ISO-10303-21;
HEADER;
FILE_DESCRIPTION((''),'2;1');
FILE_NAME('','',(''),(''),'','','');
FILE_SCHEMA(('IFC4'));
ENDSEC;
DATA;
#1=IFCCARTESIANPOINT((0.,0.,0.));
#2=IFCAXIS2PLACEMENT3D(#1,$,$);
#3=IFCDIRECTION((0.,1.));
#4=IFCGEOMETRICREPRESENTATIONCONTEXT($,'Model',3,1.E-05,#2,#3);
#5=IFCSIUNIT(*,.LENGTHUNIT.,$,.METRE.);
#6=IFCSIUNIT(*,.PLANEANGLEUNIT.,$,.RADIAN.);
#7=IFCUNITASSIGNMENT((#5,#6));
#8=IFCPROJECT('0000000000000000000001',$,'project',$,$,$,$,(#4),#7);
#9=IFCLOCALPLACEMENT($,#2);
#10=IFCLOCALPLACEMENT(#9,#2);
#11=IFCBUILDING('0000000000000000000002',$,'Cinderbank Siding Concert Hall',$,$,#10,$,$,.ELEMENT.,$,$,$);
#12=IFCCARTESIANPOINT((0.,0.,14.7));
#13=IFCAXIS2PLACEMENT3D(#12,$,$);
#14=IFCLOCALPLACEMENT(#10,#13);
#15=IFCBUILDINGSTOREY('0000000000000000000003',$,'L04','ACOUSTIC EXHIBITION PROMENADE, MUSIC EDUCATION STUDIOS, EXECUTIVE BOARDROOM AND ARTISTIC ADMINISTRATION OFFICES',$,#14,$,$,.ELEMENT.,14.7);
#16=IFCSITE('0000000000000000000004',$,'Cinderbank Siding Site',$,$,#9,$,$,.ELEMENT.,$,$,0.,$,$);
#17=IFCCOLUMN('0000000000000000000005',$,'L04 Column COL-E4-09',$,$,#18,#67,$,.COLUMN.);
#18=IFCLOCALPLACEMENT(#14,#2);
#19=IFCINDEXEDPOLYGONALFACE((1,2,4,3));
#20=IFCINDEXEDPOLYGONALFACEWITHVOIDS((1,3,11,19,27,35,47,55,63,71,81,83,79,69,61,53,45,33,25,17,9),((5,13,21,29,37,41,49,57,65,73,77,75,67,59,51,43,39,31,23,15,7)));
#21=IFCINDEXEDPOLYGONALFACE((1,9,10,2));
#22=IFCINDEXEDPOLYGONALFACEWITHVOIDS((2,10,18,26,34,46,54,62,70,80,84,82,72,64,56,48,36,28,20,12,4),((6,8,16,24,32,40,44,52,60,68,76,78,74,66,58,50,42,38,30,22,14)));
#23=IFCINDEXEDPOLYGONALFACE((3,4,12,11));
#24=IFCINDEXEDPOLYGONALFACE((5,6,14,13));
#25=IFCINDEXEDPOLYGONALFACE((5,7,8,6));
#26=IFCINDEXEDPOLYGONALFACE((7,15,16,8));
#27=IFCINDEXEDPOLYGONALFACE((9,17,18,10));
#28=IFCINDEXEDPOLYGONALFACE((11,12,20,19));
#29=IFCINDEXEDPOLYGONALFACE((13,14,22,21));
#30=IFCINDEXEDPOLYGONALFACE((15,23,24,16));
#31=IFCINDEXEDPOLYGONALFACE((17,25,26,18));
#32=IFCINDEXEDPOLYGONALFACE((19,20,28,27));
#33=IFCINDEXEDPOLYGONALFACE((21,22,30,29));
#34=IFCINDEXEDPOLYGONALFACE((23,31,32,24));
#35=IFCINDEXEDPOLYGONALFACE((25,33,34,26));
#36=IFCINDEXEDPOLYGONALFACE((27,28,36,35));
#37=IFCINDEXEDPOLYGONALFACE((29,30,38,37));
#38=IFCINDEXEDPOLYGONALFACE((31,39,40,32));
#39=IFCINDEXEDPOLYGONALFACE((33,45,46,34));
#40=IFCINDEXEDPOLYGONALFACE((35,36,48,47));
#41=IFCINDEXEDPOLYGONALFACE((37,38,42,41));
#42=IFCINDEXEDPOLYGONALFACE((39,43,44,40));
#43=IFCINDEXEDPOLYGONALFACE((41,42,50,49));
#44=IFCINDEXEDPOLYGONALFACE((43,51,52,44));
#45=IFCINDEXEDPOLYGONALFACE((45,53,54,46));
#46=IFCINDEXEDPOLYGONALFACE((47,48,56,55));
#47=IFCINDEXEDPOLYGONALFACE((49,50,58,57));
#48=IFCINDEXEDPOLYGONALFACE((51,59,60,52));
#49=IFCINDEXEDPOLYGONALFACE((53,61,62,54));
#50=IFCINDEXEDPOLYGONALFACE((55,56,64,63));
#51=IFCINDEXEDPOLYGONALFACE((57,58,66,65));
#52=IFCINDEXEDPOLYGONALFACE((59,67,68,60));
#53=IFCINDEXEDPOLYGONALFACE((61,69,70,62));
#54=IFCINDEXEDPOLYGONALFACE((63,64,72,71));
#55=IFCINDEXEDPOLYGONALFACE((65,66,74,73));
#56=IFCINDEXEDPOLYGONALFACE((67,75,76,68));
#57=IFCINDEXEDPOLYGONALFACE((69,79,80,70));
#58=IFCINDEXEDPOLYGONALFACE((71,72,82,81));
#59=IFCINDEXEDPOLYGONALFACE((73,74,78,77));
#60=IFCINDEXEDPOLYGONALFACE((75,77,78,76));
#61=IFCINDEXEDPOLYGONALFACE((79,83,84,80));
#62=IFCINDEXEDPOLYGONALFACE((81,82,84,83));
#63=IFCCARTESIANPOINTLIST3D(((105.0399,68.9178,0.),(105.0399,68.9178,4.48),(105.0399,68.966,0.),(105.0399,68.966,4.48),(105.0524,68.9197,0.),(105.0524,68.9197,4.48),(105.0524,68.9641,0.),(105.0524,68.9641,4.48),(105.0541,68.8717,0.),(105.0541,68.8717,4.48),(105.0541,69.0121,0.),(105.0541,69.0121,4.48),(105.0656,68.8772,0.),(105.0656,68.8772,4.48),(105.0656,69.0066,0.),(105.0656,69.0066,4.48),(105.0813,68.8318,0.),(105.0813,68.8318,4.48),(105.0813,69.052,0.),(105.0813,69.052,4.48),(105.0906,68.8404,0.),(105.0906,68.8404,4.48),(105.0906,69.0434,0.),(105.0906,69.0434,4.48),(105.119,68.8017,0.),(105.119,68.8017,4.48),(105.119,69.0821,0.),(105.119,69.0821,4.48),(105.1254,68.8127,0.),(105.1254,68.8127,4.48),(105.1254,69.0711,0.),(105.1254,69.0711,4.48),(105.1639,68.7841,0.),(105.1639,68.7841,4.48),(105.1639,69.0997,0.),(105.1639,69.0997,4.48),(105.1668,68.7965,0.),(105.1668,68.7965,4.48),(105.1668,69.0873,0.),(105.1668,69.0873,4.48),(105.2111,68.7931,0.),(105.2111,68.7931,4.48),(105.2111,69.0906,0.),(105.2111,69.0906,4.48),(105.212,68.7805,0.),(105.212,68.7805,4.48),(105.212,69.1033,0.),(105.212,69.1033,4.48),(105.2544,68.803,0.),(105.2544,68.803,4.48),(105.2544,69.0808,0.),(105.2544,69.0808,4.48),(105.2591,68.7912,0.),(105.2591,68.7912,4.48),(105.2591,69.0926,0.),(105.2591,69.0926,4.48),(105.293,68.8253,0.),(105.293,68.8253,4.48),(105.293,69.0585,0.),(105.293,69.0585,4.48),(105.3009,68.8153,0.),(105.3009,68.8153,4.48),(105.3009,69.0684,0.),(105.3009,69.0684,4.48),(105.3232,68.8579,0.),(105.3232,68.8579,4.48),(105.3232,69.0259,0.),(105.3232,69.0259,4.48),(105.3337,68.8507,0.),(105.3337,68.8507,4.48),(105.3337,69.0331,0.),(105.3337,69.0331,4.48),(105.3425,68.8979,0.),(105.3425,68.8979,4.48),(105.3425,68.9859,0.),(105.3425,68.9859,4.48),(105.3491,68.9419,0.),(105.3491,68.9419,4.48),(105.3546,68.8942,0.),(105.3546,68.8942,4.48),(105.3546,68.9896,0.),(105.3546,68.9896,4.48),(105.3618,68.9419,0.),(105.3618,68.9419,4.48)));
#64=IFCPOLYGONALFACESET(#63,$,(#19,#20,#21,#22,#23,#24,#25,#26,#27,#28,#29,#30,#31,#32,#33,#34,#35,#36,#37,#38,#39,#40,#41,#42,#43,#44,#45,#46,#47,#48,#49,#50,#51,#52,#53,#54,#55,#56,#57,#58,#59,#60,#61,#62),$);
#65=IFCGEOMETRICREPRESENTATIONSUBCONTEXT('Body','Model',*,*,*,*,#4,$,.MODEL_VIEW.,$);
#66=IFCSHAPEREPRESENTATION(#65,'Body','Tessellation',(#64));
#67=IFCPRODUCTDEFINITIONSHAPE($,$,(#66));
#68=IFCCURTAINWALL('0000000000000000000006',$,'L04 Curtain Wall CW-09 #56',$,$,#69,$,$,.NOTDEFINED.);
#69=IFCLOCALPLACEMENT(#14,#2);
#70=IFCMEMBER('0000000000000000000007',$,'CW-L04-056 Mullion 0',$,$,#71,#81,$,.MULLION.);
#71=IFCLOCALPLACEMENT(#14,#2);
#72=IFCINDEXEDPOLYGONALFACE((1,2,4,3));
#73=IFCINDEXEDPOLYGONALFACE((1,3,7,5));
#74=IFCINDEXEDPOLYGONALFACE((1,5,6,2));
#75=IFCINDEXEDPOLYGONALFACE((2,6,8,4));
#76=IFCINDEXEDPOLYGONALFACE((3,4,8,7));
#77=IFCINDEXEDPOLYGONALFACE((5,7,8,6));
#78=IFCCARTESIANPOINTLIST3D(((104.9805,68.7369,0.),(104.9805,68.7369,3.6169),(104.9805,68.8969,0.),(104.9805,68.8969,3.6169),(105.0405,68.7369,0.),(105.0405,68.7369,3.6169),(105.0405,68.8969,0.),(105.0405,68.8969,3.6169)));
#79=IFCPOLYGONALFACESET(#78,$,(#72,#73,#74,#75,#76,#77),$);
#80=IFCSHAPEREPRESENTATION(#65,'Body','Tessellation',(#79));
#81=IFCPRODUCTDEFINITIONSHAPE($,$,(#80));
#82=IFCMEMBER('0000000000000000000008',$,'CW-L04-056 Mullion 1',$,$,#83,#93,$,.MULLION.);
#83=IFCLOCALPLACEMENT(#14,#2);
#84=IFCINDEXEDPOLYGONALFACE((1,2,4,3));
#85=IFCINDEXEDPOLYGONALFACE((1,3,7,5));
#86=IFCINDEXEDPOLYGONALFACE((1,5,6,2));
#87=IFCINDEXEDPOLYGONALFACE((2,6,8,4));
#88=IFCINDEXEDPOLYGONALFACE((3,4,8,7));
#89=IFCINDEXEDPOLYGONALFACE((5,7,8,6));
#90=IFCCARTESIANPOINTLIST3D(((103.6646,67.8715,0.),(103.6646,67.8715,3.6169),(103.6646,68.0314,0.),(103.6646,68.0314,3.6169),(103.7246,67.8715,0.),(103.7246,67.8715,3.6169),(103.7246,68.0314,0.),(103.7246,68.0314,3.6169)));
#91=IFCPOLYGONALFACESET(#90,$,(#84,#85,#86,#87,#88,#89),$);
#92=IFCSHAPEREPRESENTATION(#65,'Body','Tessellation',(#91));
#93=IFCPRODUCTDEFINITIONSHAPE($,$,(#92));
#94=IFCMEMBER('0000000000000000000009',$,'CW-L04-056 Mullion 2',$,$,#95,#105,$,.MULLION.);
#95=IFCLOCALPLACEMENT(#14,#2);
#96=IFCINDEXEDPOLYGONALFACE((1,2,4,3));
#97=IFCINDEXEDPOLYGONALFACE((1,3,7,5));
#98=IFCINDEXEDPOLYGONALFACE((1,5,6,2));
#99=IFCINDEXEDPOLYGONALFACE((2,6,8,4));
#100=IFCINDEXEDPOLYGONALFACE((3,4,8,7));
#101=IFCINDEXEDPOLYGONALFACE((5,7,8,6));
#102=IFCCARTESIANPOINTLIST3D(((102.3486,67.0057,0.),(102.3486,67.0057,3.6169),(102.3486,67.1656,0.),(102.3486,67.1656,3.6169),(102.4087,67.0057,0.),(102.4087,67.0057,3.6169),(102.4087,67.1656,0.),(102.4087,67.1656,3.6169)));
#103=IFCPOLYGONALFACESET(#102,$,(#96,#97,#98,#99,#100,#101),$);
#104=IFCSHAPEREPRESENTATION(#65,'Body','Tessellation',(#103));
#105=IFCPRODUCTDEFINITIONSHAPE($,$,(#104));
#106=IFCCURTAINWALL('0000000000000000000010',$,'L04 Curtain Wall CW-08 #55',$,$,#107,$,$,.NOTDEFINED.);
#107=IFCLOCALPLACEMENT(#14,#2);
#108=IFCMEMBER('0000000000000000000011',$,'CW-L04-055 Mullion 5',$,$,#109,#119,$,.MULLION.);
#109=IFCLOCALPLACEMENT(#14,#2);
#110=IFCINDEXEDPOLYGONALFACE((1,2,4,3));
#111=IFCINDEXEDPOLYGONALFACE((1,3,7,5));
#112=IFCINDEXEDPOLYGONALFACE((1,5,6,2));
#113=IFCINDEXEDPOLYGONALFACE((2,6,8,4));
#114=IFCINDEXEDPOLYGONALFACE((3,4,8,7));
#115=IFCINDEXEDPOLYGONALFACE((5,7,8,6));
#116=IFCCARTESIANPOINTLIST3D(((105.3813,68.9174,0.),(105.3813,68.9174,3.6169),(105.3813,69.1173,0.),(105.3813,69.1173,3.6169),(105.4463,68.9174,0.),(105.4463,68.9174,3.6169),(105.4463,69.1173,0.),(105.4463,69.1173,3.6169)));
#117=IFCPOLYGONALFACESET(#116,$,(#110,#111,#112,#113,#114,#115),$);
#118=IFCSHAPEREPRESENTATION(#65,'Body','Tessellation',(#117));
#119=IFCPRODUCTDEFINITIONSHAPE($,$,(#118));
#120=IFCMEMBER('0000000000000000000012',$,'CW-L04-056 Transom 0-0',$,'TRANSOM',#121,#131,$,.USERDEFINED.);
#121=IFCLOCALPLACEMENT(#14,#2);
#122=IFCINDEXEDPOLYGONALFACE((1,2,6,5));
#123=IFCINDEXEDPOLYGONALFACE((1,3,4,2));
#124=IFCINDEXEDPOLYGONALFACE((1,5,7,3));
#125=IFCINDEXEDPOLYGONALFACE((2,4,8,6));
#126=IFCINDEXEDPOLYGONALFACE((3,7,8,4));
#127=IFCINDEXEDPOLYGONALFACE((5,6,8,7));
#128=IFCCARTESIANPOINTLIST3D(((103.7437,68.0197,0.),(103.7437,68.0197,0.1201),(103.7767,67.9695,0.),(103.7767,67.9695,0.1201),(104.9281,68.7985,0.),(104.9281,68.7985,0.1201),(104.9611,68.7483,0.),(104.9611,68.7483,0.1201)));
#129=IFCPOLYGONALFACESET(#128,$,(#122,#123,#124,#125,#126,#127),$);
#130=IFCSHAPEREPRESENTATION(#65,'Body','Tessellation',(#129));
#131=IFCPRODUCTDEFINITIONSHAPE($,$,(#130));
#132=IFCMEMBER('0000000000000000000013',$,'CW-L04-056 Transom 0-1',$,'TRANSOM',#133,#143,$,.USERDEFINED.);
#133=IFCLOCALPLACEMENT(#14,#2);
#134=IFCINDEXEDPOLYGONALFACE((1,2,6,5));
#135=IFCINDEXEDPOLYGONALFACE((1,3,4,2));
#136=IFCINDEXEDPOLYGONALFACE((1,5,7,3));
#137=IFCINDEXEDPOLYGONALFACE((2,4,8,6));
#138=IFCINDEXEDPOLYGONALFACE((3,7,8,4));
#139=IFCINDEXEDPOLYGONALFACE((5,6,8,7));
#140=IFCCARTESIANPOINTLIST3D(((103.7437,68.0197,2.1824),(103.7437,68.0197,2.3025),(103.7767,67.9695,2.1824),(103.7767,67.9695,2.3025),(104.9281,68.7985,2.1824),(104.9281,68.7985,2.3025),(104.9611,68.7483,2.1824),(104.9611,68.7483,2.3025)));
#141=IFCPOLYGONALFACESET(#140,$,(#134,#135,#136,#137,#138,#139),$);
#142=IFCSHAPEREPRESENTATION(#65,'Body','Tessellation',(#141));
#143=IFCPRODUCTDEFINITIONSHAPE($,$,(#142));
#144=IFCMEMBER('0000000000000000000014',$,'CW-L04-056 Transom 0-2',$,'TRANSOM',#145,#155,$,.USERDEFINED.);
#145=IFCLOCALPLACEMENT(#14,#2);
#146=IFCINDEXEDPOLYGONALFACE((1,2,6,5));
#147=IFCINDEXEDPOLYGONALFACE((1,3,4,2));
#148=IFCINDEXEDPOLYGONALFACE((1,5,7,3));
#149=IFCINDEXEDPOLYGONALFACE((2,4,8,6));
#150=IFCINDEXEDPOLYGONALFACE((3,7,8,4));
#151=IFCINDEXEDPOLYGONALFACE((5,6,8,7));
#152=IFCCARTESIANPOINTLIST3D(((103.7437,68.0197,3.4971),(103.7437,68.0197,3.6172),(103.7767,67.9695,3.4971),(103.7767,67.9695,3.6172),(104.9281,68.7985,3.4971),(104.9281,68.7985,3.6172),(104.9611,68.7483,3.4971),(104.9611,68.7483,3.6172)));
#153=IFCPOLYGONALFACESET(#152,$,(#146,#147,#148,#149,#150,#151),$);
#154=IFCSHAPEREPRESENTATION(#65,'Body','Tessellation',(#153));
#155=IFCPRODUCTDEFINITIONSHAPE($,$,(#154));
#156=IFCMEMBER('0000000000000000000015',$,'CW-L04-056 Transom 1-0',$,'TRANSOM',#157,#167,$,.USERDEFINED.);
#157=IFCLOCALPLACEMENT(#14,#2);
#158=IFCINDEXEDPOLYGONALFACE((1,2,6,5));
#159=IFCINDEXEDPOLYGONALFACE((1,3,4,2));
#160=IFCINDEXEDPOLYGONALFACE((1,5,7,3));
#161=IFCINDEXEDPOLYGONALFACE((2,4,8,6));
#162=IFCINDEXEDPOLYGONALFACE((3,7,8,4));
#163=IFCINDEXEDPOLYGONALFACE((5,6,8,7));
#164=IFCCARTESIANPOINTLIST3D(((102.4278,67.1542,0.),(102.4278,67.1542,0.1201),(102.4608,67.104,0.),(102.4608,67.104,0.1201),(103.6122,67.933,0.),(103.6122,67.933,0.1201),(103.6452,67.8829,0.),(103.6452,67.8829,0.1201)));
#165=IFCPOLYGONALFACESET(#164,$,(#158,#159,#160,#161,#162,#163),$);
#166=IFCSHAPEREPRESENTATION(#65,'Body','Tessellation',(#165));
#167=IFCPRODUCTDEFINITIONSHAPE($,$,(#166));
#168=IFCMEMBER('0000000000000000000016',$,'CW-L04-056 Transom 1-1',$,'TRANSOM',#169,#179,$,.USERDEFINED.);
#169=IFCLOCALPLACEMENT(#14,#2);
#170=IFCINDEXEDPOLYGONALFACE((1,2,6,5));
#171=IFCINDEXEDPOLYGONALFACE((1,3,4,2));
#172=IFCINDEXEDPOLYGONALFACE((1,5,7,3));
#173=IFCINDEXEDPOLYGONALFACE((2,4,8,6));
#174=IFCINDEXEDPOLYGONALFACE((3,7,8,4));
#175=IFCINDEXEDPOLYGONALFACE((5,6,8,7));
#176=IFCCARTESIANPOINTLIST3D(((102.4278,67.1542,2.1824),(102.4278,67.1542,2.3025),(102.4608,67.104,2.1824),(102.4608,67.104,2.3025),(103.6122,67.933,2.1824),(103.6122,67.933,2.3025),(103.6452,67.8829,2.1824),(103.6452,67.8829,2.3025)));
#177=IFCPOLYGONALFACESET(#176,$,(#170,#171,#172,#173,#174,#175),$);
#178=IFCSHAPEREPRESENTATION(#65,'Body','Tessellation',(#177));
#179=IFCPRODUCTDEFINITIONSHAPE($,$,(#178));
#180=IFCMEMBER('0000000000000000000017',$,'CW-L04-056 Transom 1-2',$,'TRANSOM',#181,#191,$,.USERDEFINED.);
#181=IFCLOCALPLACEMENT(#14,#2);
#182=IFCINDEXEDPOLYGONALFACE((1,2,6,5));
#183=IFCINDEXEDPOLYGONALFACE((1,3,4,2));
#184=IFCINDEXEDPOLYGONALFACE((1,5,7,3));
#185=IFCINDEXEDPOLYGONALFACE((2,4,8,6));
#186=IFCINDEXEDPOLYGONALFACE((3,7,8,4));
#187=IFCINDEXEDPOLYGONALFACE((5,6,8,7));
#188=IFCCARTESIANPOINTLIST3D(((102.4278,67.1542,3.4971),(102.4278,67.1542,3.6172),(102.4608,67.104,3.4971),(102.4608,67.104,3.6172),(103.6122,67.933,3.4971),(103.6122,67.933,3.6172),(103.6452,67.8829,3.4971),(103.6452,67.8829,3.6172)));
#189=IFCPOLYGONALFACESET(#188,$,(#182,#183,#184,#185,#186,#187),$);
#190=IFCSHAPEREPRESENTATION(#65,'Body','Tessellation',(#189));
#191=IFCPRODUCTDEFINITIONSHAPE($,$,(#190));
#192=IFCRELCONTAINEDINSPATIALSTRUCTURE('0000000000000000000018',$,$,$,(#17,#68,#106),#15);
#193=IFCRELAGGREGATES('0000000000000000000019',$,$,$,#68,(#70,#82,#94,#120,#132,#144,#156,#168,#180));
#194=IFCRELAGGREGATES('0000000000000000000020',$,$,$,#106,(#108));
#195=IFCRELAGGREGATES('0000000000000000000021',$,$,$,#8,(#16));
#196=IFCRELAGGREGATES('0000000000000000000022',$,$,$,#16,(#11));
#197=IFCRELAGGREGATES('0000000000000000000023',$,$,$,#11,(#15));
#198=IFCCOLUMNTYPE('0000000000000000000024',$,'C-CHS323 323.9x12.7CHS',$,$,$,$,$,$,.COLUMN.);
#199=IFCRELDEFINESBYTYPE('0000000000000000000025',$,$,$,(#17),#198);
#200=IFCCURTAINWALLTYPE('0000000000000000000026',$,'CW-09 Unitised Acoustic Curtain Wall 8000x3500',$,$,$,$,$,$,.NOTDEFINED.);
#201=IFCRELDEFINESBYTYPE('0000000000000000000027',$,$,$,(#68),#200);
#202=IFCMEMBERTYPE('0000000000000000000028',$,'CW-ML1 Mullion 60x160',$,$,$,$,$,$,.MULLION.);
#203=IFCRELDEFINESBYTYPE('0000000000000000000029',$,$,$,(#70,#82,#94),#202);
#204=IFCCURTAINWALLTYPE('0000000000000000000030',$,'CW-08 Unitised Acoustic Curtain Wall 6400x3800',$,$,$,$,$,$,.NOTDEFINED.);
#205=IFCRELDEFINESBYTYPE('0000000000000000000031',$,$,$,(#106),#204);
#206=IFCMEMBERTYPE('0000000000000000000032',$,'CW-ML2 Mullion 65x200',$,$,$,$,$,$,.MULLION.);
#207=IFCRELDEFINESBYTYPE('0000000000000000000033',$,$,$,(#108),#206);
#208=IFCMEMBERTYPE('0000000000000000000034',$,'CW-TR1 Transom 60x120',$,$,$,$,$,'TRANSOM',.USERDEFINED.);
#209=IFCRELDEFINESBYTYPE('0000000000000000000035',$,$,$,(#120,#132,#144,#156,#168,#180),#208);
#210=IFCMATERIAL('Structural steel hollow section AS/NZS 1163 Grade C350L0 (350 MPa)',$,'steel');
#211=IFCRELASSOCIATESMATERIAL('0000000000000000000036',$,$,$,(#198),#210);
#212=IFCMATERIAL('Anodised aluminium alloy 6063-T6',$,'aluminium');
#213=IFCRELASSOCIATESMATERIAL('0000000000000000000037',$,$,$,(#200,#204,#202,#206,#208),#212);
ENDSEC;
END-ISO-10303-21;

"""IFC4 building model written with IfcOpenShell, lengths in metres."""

from ifc_helpers import new_model, si_unit, direction, frame, origin, origin_2d, place, context, subcontext, project, spatial, rectangle, hollow_circle, extrude, material, material_profile, profile_set, type_object, element, aggregate, save


model = new_model("IFC4")

# Units and contexts
model_context = context("Model", 3, precision=1e-05, world=origin(), true_north=direction((0.0, 1.0)))
body_context = subcontext(model_context, "Body", "Model", "MODEL_VIEW")
ifc_project = project(units=[si_unit("LENGTHUNIT", "METRE"), si_unit("PLANEANGLEUNIT", "RADIAN")], contexts=[model_context])

# Site, building, storey
site_placement = place(None, origin())
site = spatial("IfcSite", under=ifc_project, at=site_placement, Name="Cinderbank Siding Site", CompositionType="ELEMENT", RefElevation=0.0)
building_placement = place(site_placement, origin())
building = spatial("IfcBuilding", under=site, at=building_placement, Name="Cinderbank Siding Concert Hall", CompositionType="ELEMENT")
storey_placement = place(building_placement, frame((0.0, 0.0, 14.7)))
storey = spatial("IfcBuildingStorey", under=building, at=storey_placement, Name="L04", Description="ACOUSTIC EXHIBITION PROMENADE, MUSIC EDUCATION STUDIOS, EXECUTIVE BOARDROOM AND ARTISTIC ADMINISTRATION OFFICES", CompositionType="ELEMENT", Elevation=14.7)

# Column
ifc_material_1 = material(Name="Structural steel hollow section AS/NZS 1163 Grade C350L0 (350 MPa)", Category="steel")
ifc_material_profile_1 = material_profile(ifc_material_1, hollow_circle(Radius=0.1619, WallThickness=0.0127, at=origin_2d()), Name="323.9x12.7CHS", Category="LoadBearing")
ifc_profile_set_1 = profile_set([ifc_material_profile_1], Name="Structural steel hollow section AS/NZS 1163 Grade C350L0 (350 MPa)")
column_type = type_object("IfcColumnType", Name="C-CHS323 323.9x12.7CHS", PredefinedType="COLUMN", material=ifc_profile_set_1)
column_placement = place(storey_placement, frame((105.2, 68.9419, 0.0), z_axis=(0.0, 0.0, 1.0), x_axis=(1.0, 0.0, 0.0)))
element("IfcColumn", 1, at=column_placement, inside=storey, type_object=column_type, Name="L04 Column COL-E4-09", PredefinedType="COLUMN", context=body_context, shape_type="SweptSolid", body=[
    extrude(hollow_circle(Radius=0.1619, WallThickness=0.0127, at=origin_2d()), origin(), (0.0, 0.0, 1.0), 4.48),
])

# Curtain wall, members
ifc_material_2 = material(Name="Anodised aluminium alloy 6063-T6", Category="aluminium")
curtain_wall_type_1 = type_object("IfcCurtainWallType", Name="CW-09 Unitised Acoustic Curtain Wall 8000x3500", PredefinedType="NOTDEFINED", material=ifc_material_2)
curtain_wall_1_placement = place(storey_placement, origin())
curtain_wall_1 = element("IfcCurtainWall", 2, at=curtain_wall_1_placement, inside=storey, type_object=curtain_wall_type_1, Name="L04 Curtain Wall CW-09 #56", PredefinedType="NOTDEFINED")
ifc_material_profile_2 = material_profile(ifc_material_2, rectangle(XDim=0.0601, YDim=0.1599, at=origin_2d()), Name="ALU-MULL-60x160", Category="LoadBearing")
ifc_profile_set_2 = profile_set([ifc_material_profile_2], Name="Anodised aluminium alloy 6063-T6")
member_type_1 = type_object("IfcMemberType", Name="CW-ML1 Mullion 60x160", PredefinedType="MULLION", material=ifc_profile_set_2)
member_1_placement = place(storey_placement, frame((105.0105, 68.8169, 0.0), z_axis=(0.0, 0.0, 1.0), x_axis=(1.0, 0.0, 0.0)))
member_1 = element("IfcMember", 3, at=member_1_placement, type_object=member_type_1, Name="CW-L04-056 Mullion 0", PredefinedType="MULLION", context=body_context, shape_type="SweptSolid", body=[
    extrude(rectangle(XDim=0.0601, YDim=0.1599, at=origin_2d()), origin(), (0.0, 0.0, 1.0), 3.6169),
])
member_2_placement = place(storey_placement, frame((103.6946, 67.9514, 0.0), z_axis=(0.0, 0.0, 1.0), x_axis=(1.0, 0.0, 0.0)))
member_2 = element("IfcMember", 4, at=member_2_placement, type_object=member_type_1, Name="CW-L04-056 Mullion 1", PredefinedType="MULLION", context=body_context, shape_type="SweptSolid", body=[
    extrude(rectangle(XDim=0.0601, YDim=0.1599, at=origin_2d()), origin(), (0.0, 0.0, 1.0), 3.6169),
])
member_3_placement = place(storey_placement, frame((102.3787, 67.0857, 0.0), z_axis=(0.0, 0.0, 1.0), x_axis=(1.0, 0.0, 0.0)))
member_3 = element("IfcMember", 5, at=member_3_placement, type_object=member_type_1, Name="CW-L04-056 Mullion 2", PredefinedType="MULLION", context=body_context, shape_type="SweptSolid", body=[
    extrude(rectangle(XDim=0.0601, YDim=0.1599, at=origin_2d()), origin(), (0.0, 0.0, 1.0), 3.6169),
])

# Curtain wall, member
curtain_wall_type_2 = type_object("IfcCurtainWallType", Name="CW-08 Unitised Acoustic Curtain Wall 6400x3800", PredefinedType="NOTDEFINED", material=ifc_material_2)
curtain_wall_2_placement = place(storey_placement, origin())
curtain_wall_2 = element("IfcCurtainWall", 6, at=curtain_wall_2_placement, inside=storey, type_object=curtain_wall_type_2, Name="L04 Curtain Wall CW-08 #55", PredefinedType="NOTDEFINED")
ifc_material_profile_3 = material_profile(ifc_material_2, rectangle(XDim=0.0649, YDim=0.2, at=origin_2d()), Name="ALU-MULL-65x200", Category="LoadBearing")
ifc_profile_set_3 = profile_set([ifc_material_profile_3], Name="Anodised aluminium alloy 6063-T6")
member_type_2 = type_object("IfcMemberType", Name="CW-ML2 Mullion 65x200", PredefinedType="MULLION", material=ifc_profile_set_3)
member_4_placement = place(storey_placement, frame((105.4138, 69.0173, 0.0), z_axis=(0.0, 0.0, 1.0), x_axis=(1.0, 0.0, 0.0)))
member_4 = element("IfcMember", 7, at=member_4_placement, type_object=member_type_2, Name="CW-L04-055 Mullion 5", PredefinedType="MULLION", context=body_context, shape_type="SweptSolid", body=[
    extrude(rectangle(XDim=0.0649, YDim=0.2, at=origin_2d()), origin(), (0.0, 0.0, 1.0), 3.6169),
])

# Members
ifc_material_profile_4 = material_profile(ifc_material_2, rectangle(XDim=0.0601, YDim=0.1201, at=origin_2d()), Name="ALU-TRAN-60x120", Category="LoadBearing")
ifc_profile_set_4 = profile_set([ifc_material_profile_4], Name="Anodised aluminium alloy 6063-T6")
member_type_3 = type_object("IfcMemberType", Name="CW-TR1 Transom 60x120", ElementType="TRANSOM", PredefinedType="USERDEFINED", material=ifc_profile_set_4)
member_5_placement = place(storey_placement, frame((104.9446, 68.7734, 0.0601), z_axis=(-0.835532, -0.549443, 0.0), x_axis=(0.549443, -0.835532, 0.0)))
member_5 = element("IfcMember", 8, at=member_5_placement, type_object=member_type_3, Name="CW-L04-056 Transom 0-0", ObjectType="TRANSOM", PredefinedType="USERDEFINED", context=body_context, shape_type="SweptSolid", body=[
    extrude(rectangle(XDim=0.0601, YDim=0.1201, at=origin_2d()), origin(), (0.0, 0.0, 1.0), 1.4175),
])
member_6_placement = place(storey_placement, frame((104.9446, 68.7734, 2.2424), z_axis=(-0.835532, -0.549443, 0.0), x_axis=(0.549443, -0.835532, 0.0)))
member_6 = element("IfcMember", 9, at=member_6_placement, type_object=member_type_3, Name="CW-L04-056 Transom 0-1", ObjectType="TRANSOM", PredefinedType="USERDEFINED", context=body_context, shape_type="SweptSolid", body=[
    extrude(rectangle(XDim=0.0601, YDim=0.1201, at=origin_2d()), origin(), (0.0, 0.0, 1.0), 1.4175),
])
member_7_placement = place(storey_placement, frame((104.9446, 68.7734, 3.5571), z_axis=(-0.835532, -0.549443, 0.0), x_axis=(0.549443, -0.835532, 0.0)))
member_7 = element("IfcMember", 10, at=member_7_placement, type_object=member_type_3, Name="CW-L04-056 Transom 0-2", ObjectType="TRANSOM", PredefinedType="USERDEFINED", context=body_context, shape_type="SweptSolid", body=[
    extrude(rectangle(XDim=0.0601, YDim=0.1201, at=origin_2d()), origin(), (0.0, 0.0, 1.0), 1.4175),
])
member_8_placement = place(storey_placement, frame((103.6287, 67.908, 0.0601), z_axis=(-0.835532, -0.549443, 0.0), x_axis=(0.549443, -0.835532, 0.0)))
member_8 = element("IfcMember", 11, at=member_8_placement, type_object=member_type_3, Name="CW-L04-056 Transom 1-0", ObjectType="TRANSOM", PredefinedType="USERDEFINED", context=body_context, shape_type="SweptSolid", body=[
    extrude(rectangle(XDim=0.0601, YDim=0.1201, at=origin_2d()), origin(), (0.0, 0.0, 1.0), 1.4175),
])
member_9_placement = place(storey_placement, frame((103.6287, 67.908, 2.2424), z_axis=(-0.835532, -0.549443, 0.0), x_axis=(0.549443, -0.835532, 0.0)))
member_9 = element("IfcMember", 12, at=member_9_placement, type_object=member_type_3, Name="CW-L04-056 Transom 1-1", ObjectType="TRANSOM", PredefinedType="USERDEFINED", context=body_context, shape_type="SweptSolid", body=[
    extrude(rectangle(XDim=0.0601, YDim=0.1201, at=origin_2d()), origin(), (0.0, 0.0, 1.0), 1.4175),
])
member_10_placement = place(storey_placement, frame((103.6287, 67.908, 3.5571), z_axis=(-0.835532, -0.549443, 0.0), x_axis=(0.549443, -0.835532, 0.0)))
member_10 = element("IfcMember", 13, at=member_10_placement, type_object=member_type_3, Name="CW-L04-056 Transom 1-2", ObjectType="TRANSOM", PredefinedType="USERDEFINED", context=body_context, shape_type="SweptSolid", body=[
    extrude(rectangle(XDim=0.0601, YDim=0.1201, at=origin_2d()), origin(), (0.0, 0.0, 1.0), 1.4175),
])

aggregate(curtain_wall_1, [member_1, member_2, member_3, member_5, member_6, member_7, member_8, member_9, member_10])
aggregate(curtain_wall_2, [member_4])

save(model, "model.ifc")
